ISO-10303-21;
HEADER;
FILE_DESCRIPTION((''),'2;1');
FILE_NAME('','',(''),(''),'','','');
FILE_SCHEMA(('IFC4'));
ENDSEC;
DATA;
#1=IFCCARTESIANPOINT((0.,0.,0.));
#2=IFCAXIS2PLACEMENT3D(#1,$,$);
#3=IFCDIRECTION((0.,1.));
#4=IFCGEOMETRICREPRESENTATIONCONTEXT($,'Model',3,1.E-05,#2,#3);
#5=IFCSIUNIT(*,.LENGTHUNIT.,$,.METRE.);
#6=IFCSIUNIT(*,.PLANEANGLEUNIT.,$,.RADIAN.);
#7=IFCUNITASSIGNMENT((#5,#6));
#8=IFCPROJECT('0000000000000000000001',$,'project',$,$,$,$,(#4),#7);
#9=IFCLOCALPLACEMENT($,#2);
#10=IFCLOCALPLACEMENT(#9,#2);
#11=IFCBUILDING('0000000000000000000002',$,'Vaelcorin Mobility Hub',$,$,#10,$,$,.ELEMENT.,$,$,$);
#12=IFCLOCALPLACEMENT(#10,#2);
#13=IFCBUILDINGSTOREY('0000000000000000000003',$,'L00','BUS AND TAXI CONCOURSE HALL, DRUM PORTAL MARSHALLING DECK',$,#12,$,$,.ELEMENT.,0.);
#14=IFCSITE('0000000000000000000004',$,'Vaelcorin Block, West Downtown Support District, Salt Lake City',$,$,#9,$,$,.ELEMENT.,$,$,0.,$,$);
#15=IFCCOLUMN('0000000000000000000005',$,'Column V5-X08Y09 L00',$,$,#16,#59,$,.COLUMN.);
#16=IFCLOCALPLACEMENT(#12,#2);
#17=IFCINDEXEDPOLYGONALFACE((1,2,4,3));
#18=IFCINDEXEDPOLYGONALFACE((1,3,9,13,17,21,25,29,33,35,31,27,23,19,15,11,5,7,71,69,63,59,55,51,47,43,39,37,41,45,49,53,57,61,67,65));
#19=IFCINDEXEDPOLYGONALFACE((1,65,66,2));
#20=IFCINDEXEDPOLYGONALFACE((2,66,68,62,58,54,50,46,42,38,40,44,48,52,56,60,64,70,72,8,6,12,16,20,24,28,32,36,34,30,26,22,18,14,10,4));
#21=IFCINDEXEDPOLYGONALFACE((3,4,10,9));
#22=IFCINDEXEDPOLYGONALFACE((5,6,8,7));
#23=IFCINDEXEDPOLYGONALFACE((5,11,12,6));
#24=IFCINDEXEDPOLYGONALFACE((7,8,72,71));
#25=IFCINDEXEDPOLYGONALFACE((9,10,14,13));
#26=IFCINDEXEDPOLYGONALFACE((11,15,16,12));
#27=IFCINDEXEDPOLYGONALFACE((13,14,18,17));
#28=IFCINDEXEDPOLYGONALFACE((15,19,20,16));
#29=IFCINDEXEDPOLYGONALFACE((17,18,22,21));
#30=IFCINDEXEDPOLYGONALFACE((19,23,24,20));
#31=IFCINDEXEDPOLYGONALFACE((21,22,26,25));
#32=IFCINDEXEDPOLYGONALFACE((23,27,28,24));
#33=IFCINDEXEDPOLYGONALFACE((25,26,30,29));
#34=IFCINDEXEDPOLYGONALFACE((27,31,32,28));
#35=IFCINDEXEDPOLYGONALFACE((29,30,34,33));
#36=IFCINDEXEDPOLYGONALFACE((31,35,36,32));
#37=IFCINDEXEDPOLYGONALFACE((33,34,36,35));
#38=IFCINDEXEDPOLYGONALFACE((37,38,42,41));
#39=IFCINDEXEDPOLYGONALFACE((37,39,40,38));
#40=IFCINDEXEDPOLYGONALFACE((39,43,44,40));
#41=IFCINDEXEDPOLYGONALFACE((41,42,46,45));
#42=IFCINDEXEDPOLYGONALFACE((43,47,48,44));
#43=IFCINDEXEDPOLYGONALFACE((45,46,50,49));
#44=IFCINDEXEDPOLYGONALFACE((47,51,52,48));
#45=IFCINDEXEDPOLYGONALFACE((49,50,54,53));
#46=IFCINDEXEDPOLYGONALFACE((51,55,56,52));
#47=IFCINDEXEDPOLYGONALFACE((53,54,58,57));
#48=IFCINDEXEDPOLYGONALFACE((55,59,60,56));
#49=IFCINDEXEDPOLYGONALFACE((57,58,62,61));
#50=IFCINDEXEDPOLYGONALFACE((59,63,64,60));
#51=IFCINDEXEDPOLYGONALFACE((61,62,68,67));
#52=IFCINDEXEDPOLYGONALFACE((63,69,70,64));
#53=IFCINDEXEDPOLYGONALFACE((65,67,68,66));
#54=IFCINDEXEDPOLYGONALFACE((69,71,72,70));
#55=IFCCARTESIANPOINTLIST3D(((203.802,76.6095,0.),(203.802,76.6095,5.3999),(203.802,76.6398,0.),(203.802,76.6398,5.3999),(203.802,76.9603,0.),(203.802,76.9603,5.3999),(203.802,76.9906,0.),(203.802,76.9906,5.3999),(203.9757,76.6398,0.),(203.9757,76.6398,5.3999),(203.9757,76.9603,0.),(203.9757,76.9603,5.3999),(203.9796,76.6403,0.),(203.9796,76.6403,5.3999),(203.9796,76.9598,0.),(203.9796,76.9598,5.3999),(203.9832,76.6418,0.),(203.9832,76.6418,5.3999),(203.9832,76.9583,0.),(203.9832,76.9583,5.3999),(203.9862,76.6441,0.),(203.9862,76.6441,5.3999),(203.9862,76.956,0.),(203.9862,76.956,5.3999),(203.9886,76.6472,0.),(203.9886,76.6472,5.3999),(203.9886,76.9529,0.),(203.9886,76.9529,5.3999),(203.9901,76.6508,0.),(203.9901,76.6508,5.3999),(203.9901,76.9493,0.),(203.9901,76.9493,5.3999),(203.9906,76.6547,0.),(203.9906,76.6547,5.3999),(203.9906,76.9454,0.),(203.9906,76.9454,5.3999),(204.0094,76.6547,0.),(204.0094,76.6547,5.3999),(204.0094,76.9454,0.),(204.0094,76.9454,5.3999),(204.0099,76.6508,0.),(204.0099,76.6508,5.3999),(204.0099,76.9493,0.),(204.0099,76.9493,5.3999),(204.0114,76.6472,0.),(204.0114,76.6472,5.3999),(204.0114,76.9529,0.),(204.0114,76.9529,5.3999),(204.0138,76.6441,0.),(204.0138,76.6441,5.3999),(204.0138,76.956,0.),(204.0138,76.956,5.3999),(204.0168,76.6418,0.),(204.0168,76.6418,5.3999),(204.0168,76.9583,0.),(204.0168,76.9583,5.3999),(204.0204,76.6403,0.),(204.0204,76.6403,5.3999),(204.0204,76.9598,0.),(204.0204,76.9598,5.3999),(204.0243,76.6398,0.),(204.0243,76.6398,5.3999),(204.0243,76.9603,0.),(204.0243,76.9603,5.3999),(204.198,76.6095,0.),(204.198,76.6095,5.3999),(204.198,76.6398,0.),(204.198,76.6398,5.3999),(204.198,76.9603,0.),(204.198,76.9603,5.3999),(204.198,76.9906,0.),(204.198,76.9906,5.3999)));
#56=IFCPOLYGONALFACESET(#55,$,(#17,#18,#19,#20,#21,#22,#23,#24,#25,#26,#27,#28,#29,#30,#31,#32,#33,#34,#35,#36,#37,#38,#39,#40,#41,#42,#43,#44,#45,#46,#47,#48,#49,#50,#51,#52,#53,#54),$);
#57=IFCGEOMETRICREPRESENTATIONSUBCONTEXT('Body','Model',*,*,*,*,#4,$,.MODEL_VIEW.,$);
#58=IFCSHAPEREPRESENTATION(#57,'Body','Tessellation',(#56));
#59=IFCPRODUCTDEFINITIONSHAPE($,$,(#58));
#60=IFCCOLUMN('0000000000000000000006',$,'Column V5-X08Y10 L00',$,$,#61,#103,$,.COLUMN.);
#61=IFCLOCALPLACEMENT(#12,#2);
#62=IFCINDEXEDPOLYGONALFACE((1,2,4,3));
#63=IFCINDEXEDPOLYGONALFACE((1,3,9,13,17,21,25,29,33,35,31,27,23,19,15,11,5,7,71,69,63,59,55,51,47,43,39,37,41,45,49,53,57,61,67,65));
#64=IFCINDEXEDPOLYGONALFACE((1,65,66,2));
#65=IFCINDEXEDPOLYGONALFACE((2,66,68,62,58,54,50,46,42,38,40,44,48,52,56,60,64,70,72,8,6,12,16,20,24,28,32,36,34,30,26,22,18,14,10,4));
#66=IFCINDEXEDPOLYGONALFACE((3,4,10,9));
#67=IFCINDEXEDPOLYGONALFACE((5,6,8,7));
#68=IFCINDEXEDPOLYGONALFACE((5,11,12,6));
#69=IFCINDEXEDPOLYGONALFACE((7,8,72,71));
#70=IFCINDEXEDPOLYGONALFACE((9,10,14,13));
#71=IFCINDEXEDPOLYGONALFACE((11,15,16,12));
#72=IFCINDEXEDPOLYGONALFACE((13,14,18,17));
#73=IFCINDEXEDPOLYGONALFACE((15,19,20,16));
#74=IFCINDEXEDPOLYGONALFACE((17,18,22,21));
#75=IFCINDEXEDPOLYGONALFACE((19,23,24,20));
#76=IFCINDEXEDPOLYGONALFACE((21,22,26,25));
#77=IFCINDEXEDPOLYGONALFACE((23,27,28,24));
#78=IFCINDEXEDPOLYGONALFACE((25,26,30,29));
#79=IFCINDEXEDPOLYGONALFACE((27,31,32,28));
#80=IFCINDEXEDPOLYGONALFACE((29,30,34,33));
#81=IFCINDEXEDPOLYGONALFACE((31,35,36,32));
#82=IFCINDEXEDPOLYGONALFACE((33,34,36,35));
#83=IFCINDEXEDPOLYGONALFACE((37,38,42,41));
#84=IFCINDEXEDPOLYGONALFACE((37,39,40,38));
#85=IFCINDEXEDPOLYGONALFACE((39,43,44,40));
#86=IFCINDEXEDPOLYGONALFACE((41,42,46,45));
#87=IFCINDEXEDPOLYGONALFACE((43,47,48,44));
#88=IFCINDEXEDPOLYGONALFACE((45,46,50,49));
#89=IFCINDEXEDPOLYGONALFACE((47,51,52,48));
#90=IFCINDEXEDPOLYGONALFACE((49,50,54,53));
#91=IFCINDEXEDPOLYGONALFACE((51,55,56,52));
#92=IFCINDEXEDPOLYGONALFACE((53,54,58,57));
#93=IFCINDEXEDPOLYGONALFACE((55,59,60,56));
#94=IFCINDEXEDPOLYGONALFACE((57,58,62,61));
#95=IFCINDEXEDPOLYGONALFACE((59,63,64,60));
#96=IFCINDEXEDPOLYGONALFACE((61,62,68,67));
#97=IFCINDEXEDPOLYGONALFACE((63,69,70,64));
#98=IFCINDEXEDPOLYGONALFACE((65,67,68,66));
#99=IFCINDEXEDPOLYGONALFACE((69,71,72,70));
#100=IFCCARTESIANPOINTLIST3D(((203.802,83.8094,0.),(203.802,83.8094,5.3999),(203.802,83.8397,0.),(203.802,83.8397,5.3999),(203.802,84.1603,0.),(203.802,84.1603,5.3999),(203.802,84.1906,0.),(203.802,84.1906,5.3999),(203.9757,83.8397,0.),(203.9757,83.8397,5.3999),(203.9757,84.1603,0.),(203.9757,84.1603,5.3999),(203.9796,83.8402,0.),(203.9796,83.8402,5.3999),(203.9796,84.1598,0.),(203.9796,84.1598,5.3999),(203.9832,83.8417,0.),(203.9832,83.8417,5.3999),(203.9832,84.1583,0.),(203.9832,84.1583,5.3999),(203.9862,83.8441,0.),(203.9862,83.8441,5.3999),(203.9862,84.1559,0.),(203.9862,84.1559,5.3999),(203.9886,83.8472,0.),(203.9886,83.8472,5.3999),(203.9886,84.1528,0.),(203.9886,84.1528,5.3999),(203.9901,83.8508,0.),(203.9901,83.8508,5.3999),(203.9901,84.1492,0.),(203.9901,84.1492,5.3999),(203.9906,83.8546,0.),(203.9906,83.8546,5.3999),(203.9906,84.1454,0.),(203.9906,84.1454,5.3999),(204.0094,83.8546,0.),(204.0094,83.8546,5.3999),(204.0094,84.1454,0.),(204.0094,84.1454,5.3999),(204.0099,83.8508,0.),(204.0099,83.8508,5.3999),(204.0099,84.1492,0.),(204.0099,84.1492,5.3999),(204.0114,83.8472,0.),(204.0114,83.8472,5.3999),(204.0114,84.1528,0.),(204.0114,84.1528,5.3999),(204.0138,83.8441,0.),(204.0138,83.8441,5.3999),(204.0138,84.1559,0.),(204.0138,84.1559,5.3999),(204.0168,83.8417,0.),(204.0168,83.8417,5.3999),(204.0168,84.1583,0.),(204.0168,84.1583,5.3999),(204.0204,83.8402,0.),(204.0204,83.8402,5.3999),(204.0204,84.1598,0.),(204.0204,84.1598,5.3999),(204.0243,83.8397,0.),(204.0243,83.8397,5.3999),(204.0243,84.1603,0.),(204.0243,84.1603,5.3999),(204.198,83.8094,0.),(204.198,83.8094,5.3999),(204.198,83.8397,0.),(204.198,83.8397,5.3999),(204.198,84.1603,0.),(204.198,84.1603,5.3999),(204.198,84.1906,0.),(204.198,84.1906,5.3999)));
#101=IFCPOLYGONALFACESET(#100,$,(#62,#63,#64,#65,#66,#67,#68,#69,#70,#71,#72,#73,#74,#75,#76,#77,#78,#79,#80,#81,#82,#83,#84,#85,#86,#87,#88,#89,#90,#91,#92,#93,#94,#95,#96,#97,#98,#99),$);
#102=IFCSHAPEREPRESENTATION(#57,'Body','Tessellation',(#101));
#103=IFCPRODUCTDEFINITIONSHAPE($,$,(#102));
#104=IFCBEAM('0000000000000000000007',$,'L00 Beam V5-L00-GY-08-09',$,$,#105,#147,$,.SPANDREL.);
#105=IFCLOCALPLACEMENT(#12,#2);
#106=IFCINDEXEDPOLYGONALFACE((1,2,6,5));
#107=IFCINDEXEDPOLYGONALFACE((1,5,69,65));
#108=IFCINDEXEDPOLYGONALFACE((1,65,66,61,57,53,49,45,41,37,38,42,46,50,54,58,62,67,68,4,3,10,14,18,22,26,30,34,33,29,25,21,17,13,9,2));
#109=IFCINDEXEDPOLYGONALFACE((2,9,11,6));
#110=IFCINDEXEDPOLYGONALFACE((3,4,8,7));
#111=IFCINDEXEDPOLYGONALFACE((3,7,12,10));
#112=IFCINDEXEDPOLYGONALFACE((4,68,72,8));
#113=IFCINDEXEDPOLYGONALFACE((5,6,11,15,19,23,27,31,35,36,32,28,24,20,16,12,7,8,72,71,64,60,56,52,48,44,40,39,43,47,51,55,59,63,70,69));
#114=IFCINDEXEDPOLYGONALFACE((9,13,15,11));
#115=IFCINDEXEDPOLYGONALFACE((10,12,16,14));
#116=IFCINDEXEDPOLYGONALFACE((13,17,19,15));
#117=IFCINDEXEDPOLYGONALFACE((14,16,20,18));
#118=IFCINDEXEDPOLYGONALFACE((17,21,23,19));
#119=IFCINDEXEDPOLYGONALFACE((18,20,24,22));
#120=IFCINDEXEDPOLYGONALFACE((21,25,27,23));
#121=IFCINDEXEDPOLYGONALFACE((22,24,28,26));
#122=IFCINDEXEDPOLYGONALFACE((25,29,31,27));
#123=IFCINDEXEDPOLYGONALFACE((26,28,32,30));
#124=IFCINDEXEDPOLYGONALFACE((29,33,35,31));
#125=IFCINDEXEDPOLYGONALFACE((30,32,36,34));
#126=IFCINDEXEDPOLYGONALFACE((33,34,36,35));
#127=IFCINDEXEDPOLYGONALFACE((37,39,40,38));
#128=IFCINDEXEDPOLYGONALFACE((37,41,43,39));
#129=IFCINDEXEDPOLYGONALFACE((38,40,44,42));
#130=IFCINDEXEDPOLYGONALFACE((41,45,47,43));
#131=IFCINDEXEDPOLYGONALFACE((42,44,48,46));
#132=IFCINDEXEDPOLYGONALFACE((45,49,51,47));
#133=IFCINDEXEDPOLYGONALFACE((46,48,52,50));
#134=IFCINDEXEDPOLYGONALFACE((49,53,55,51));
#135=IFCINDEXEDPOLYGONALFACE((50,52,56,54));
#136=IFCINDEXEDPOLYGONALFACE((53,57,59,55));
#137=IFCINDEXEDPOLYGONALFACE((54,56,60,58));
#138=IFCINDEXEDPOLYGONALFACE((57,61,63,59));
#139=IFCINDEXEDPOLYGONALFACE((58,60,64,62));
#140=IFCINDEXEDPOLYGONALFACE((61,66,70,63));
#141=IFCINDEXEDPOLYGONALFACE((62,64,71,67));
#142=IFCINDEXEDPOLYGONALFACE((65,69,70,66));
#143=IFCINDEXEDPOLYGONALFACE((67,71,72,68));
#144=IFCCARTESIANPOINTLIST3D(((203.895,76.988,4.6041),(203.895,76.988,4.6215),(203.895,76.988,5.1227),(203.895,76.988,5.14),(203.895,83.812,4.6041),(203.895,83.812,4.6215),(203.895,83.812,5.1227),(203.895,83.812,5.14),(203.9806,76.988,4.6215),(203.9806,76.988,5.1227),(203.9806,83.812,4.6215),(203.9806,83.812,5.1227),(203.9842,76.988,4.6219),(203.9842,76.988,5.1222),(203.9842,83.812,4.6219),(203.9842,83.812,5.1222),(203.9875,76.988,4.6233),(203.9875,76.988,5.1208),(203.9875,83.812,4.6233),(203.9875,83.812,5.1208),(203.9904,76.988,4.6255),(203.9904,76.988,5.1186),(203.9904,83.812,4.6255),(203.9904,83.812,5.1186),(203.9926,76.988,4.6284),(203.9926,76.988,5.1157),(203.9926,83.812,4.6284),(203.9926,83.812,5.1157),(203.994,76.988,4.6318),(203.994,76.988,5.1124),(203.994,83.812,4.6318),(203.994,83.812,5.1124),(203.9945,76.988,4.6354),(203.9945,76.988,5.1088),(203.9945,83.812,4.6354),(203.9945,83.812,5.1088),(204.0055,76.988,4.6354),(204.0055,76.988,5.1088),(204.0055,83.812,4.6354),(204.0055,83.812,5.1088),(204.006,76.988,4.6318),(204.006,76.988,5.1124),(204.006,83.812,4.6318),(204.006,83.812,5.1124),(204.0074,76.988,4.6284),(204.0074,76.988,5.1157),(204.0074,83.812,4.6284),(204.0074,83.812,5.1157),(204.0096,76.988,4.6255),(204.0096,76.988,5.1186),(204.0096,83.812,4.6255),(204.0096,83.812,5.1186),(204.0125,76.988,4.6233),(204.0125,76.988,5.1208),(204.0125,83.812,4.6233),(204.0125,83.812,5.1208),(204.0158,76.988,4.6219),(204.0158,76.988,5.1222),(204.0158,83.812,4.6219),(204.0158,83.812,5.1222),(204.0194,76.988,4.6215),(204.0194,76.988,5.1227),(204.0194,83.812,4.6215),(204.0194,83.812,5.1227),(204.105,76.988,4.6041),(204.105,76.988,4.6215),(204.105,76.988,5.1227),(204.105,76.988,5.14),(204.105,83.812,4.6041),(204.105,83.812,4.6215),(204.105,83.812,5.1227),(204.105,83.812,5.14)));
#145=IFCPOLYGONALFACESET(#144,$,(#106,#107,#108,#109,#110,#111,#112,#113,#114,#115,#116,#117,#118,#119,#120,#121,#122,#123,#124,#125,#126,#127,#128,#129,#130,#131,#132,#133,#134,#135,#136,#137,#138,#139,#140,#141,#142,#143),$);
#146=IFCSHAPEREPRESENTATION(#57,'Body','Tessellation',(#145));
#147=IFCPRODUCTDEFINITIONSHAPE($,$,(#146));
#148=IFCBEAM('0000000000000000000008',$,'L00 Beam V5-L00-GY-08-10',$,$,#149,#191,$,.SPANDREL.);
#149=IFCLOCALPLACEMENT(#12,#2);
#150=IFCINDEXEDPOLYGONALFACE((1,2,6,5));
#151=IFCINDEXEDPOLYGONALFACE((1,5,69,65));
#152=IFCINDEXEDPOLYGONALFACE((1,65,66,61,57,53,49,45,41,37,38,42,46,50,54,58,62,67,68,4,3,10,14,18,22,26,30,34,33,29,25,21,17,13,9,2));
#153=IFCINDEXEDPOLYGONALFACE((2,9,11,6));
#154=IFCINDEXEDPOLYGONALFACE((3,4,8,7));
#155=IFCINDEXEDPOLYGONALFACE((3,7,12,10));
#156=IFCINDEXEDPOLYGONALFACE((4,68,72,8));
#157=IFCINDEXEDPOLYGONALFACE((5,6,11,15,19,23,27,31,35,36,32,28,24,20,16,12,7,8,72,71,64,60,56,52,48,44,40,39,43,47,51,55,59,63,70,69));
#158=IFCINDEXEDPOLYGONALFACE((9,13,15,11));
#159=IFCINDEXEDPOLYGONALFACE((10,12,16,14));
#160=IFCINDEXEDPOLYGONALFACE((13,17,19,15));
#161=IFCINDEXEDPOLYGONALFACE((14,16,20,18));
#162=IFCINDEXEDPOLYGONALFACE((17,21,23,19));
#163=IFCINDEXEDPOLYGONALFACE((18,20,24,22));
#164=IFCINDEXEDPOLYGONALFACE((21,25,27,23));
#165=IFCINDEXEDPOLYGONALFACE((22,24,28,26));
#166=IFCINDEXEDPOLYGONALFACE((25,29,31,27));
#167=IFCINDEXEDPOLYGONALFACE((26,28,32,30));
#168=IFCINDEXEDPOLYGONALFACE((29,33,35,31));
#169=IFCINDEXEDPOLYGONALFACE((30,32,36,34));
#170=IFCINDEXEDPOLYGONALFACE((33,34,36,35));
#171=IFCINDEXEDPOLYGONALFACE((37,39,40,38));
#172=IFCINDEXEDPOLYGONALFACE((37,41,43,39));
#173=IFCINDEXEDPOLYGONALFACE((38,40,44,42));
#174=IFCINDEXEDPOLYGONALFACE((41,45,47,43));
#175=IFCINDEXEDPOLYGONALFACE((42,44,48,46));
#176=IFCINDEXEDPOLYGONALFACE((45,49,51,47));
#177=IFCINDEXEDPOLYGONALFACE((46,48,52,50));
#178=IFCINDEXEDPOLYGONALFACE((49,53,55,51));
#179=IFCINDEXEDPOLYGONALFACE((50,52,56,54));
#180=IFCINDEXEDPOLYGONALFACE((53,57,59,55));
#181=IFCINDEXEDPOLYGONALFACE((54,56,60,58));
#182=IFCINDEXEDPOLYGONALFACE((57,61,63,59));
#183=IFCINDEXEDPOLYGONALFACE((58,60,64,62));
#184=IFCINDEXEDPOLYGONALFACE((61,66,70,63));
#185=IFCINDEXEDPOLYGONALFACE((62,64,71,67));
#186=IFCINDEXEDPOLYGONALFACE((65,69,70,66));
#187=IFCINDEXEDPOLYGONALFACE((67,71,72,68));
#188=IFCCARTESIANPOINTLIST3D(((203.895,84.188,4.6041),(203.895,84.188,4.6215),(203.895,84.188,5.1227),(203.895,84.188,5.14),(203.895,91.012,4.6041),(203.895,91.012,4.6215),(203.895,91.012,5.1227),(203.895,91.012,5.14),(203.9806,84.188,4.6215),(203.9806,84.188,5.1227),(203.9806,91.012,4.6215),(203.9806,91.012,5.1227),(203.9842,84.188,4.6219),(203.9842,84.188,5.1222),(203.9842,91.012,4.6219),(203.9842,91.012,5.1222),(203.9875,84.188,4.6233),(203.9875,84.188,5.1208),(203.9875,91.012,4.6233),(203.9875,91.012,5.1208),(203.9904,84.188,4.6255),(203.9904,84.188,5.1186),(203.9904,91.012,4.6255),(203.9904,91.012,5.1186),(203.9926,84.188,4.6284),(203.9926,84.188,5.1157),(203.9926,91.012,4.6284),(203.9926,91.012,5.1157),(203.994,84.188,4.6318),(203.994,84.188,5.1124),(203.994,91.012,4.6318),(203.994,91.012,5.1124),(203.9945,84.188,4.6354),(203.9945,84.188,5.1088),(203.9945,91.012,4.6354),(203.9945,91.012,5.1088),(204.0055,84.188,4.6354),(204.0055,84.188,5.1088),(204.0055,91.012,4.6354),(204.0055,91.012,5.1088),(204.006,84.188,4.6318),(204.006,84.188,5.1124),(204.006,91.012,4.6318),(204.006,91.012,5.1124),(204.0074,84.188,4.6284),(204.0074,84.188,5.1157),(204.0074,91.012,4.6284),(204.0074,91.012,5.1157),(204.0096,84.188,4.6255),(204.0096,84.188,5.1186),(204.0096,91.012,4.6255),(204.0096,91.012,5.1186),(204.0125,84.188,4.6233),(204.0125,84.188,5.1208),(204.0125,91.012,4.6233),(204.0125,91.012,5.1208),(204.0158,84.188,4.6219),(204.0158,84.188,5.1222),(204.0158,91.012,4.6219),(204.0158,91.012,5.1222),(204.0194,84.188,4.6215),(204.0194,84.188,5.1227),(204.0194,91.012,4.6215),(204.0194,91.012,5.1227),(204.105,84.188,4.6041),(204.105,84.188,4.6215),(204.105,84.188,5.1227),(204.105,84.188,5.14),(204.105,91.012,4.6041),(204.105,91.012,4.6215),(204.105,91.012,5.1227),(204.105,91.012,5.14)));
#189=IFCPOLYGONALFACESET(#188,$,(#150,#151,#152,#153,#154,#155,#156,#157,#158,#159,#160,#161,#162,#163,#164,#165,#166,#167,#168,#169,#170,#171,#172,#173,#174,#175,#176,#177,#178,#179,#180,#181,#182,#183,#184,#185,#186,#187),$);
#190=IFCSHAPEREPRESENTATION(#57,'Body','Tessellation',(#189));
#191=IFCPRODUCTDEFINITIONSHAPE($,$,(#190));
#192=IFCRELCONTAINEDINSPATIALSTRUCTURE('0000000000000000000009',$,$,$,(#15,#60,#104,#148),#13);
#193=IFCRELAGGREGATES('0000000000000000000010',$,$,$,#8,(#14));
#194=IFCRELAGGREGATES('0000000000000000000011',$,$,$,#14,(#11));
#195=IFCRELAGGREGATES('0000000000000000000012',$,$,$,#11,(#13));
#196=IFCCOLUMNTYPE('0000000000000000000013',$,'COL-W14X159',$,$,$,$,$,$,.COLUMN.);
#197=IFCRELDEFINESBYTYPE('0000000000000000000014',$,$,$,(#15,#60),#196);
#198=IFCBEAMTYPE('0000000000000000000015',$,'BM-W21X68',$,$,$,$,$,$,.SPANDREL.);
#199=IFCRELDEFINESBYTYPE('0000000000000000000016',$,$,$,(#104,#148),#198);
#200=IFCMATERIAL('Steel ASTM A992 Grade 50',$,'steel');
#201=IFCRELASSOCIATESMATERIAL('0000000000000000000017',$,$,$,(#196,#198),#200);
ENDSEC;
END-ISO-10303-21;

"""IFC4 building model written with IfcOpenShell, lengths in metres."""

from ifc_helpers import new_model, si_unit, direction, frame, origin, origin_2d, place, context, subcontext, project, spatial, i_section, extrude, material, material_profile, profile_set, type_object, element, save


model = new_model("IFC4")

# Units and contexts
model_context = context("Model", 3, precision=1e-05, world=origin(), true_north=direction((0.0, 1.0)))
body_context = subcontext(model_context, "Body", "Model", "MODEL_VIEW")
ifc_project = project(units=[si_unit("LENGTHUNIT", "METRE"), si_unit("PLANEANGLEUNIT", "RADIAN")], contexts=[model_context])

# Site, building, storey
site_placement = place(None, origin())
site = spatial("IfcSite", under=ifc_project, at=site_placement, Name="Vaelcorin Block, West Downtown Support District, Salt Lake City", CompositionType="ELEMENT", RefElevation=0.0)
building_placement = place(site_placement, origin())
building = spatial("IfcBuilding", under=site, at=building_placement, Name="Vaelcorin Mobility Hub", CompositionType="ELEMENT")
storey_placement = place(building_placement, origin())
storey = spatial("IfcBuildingStorey", under=building, at=storey_placement, Name="L00", Description="BUS AND TAXI CONCOURSE HALL, DRUM PORTAL MARSHALLING DECK", CompositionType="ELEMENT", Elevation=0.0)

# Columns
ifc_material_1 = material(Name="Steel ASTM A992 Grade 50", Category="steel")
ifc_material_profile_1 = material_profile(ifc_material_1, i_section(OverallWidth=0.396, OverallDepth=0.3811, WebThickness=0.0188, FlangeThickness=0.0303, FilletRadius=0.0149, at=origin_2d()), Name="W14X159")
ifc_profile_set_1 = profile_set([ifc_material_profile_1], Name="Steel ASTM A992 Grade 50")
column_type = type_object("IfcColumnType", Name="COL-W14X159", PredefinedType="COLUMN", material=ifc_profile_set_1)
for number, where, z_axis, x_axis, name in (
    (1, (204.0, 76.8, 0.0), (0.0, 0.0, 1.0), (1.0, 0.0, 0.0), "Column V5-X08Y09 L00"),
    (2, (204.0, 84.0, 0.0), (0.0, 0.0, 1.0), (1.0, 0.0, 0.0), "Column V5-X08Y10 L00"),
):
    element("IfcColumn", number, at=place(storey_placement, frame(where, z_axis=z_axis, x_axis=x_axis)), inside=storey, type_object=column_type, Name=name, PredefinedType="COLUMN", context=body_context, shape_type="SweptSolid", body=[
        extrude(i_section(OverallWidth=0.396, OverallDepth=0.3811, WebThickness=0.0188, FlangeThickness=0.0303, FilletRadius=0.0149, at=origin_2d()), origin(), (0.0, 0.0, 1.0), 5.3999),
    ])

# Beams
ifc_material_profile_2 = material_profile(ifc_material_1, i_section(OverallWidth=0.21, OverallDepth=0.5359, WebThickness=0.011, FlangeThickness=0.0173, FilletRadius=0.0139, at=origin_2d()), Name="W21X68")
ifc_profile_set_2 = profile_set([ifc_material_profile_2], Name="Steel ASTM A992 Grade 50")
beam_type = type_object("IfcBeamType", Name="BM-W21X68", PredefinedType="SPANDREL", material=ifc_profile_set_2)
for number, where, z_axis, x_axis, name in (
    (3, (204.0, 76.988, 4.8721), (0.0, 1.0, 0.0), (-1.0, 0.0, 0.0), "L00 Beam V5-L00-GY-08-09"),
    (4, (204.0, 84.188, 4.8721), (0.0, 1.0, 0.0), (-1.0, 0.0, 0.0), "L00 Beam V5-L00-GY-08-10"),
):
    element("IfcBeam", number, at=place(storey_placement, frame(where, z_axis=z_axis, x_axis=x_axis)), inside=storey, type_object=beam_type, Name=name, PredefinedType="SPANDREL", context=body_context, shape_type="SweptSolid", body=[
        extrude(i_section(OverallWidth=0.21, OverallDepth=0.5359, WebThickness=0.011, FlangeThickness=0.0173, FilletRadius=0.0139, at=origin_2d()), origin(), (0.0, 0.0, 1.0), 6.824),
    ])

save(model, "model.ifc")
